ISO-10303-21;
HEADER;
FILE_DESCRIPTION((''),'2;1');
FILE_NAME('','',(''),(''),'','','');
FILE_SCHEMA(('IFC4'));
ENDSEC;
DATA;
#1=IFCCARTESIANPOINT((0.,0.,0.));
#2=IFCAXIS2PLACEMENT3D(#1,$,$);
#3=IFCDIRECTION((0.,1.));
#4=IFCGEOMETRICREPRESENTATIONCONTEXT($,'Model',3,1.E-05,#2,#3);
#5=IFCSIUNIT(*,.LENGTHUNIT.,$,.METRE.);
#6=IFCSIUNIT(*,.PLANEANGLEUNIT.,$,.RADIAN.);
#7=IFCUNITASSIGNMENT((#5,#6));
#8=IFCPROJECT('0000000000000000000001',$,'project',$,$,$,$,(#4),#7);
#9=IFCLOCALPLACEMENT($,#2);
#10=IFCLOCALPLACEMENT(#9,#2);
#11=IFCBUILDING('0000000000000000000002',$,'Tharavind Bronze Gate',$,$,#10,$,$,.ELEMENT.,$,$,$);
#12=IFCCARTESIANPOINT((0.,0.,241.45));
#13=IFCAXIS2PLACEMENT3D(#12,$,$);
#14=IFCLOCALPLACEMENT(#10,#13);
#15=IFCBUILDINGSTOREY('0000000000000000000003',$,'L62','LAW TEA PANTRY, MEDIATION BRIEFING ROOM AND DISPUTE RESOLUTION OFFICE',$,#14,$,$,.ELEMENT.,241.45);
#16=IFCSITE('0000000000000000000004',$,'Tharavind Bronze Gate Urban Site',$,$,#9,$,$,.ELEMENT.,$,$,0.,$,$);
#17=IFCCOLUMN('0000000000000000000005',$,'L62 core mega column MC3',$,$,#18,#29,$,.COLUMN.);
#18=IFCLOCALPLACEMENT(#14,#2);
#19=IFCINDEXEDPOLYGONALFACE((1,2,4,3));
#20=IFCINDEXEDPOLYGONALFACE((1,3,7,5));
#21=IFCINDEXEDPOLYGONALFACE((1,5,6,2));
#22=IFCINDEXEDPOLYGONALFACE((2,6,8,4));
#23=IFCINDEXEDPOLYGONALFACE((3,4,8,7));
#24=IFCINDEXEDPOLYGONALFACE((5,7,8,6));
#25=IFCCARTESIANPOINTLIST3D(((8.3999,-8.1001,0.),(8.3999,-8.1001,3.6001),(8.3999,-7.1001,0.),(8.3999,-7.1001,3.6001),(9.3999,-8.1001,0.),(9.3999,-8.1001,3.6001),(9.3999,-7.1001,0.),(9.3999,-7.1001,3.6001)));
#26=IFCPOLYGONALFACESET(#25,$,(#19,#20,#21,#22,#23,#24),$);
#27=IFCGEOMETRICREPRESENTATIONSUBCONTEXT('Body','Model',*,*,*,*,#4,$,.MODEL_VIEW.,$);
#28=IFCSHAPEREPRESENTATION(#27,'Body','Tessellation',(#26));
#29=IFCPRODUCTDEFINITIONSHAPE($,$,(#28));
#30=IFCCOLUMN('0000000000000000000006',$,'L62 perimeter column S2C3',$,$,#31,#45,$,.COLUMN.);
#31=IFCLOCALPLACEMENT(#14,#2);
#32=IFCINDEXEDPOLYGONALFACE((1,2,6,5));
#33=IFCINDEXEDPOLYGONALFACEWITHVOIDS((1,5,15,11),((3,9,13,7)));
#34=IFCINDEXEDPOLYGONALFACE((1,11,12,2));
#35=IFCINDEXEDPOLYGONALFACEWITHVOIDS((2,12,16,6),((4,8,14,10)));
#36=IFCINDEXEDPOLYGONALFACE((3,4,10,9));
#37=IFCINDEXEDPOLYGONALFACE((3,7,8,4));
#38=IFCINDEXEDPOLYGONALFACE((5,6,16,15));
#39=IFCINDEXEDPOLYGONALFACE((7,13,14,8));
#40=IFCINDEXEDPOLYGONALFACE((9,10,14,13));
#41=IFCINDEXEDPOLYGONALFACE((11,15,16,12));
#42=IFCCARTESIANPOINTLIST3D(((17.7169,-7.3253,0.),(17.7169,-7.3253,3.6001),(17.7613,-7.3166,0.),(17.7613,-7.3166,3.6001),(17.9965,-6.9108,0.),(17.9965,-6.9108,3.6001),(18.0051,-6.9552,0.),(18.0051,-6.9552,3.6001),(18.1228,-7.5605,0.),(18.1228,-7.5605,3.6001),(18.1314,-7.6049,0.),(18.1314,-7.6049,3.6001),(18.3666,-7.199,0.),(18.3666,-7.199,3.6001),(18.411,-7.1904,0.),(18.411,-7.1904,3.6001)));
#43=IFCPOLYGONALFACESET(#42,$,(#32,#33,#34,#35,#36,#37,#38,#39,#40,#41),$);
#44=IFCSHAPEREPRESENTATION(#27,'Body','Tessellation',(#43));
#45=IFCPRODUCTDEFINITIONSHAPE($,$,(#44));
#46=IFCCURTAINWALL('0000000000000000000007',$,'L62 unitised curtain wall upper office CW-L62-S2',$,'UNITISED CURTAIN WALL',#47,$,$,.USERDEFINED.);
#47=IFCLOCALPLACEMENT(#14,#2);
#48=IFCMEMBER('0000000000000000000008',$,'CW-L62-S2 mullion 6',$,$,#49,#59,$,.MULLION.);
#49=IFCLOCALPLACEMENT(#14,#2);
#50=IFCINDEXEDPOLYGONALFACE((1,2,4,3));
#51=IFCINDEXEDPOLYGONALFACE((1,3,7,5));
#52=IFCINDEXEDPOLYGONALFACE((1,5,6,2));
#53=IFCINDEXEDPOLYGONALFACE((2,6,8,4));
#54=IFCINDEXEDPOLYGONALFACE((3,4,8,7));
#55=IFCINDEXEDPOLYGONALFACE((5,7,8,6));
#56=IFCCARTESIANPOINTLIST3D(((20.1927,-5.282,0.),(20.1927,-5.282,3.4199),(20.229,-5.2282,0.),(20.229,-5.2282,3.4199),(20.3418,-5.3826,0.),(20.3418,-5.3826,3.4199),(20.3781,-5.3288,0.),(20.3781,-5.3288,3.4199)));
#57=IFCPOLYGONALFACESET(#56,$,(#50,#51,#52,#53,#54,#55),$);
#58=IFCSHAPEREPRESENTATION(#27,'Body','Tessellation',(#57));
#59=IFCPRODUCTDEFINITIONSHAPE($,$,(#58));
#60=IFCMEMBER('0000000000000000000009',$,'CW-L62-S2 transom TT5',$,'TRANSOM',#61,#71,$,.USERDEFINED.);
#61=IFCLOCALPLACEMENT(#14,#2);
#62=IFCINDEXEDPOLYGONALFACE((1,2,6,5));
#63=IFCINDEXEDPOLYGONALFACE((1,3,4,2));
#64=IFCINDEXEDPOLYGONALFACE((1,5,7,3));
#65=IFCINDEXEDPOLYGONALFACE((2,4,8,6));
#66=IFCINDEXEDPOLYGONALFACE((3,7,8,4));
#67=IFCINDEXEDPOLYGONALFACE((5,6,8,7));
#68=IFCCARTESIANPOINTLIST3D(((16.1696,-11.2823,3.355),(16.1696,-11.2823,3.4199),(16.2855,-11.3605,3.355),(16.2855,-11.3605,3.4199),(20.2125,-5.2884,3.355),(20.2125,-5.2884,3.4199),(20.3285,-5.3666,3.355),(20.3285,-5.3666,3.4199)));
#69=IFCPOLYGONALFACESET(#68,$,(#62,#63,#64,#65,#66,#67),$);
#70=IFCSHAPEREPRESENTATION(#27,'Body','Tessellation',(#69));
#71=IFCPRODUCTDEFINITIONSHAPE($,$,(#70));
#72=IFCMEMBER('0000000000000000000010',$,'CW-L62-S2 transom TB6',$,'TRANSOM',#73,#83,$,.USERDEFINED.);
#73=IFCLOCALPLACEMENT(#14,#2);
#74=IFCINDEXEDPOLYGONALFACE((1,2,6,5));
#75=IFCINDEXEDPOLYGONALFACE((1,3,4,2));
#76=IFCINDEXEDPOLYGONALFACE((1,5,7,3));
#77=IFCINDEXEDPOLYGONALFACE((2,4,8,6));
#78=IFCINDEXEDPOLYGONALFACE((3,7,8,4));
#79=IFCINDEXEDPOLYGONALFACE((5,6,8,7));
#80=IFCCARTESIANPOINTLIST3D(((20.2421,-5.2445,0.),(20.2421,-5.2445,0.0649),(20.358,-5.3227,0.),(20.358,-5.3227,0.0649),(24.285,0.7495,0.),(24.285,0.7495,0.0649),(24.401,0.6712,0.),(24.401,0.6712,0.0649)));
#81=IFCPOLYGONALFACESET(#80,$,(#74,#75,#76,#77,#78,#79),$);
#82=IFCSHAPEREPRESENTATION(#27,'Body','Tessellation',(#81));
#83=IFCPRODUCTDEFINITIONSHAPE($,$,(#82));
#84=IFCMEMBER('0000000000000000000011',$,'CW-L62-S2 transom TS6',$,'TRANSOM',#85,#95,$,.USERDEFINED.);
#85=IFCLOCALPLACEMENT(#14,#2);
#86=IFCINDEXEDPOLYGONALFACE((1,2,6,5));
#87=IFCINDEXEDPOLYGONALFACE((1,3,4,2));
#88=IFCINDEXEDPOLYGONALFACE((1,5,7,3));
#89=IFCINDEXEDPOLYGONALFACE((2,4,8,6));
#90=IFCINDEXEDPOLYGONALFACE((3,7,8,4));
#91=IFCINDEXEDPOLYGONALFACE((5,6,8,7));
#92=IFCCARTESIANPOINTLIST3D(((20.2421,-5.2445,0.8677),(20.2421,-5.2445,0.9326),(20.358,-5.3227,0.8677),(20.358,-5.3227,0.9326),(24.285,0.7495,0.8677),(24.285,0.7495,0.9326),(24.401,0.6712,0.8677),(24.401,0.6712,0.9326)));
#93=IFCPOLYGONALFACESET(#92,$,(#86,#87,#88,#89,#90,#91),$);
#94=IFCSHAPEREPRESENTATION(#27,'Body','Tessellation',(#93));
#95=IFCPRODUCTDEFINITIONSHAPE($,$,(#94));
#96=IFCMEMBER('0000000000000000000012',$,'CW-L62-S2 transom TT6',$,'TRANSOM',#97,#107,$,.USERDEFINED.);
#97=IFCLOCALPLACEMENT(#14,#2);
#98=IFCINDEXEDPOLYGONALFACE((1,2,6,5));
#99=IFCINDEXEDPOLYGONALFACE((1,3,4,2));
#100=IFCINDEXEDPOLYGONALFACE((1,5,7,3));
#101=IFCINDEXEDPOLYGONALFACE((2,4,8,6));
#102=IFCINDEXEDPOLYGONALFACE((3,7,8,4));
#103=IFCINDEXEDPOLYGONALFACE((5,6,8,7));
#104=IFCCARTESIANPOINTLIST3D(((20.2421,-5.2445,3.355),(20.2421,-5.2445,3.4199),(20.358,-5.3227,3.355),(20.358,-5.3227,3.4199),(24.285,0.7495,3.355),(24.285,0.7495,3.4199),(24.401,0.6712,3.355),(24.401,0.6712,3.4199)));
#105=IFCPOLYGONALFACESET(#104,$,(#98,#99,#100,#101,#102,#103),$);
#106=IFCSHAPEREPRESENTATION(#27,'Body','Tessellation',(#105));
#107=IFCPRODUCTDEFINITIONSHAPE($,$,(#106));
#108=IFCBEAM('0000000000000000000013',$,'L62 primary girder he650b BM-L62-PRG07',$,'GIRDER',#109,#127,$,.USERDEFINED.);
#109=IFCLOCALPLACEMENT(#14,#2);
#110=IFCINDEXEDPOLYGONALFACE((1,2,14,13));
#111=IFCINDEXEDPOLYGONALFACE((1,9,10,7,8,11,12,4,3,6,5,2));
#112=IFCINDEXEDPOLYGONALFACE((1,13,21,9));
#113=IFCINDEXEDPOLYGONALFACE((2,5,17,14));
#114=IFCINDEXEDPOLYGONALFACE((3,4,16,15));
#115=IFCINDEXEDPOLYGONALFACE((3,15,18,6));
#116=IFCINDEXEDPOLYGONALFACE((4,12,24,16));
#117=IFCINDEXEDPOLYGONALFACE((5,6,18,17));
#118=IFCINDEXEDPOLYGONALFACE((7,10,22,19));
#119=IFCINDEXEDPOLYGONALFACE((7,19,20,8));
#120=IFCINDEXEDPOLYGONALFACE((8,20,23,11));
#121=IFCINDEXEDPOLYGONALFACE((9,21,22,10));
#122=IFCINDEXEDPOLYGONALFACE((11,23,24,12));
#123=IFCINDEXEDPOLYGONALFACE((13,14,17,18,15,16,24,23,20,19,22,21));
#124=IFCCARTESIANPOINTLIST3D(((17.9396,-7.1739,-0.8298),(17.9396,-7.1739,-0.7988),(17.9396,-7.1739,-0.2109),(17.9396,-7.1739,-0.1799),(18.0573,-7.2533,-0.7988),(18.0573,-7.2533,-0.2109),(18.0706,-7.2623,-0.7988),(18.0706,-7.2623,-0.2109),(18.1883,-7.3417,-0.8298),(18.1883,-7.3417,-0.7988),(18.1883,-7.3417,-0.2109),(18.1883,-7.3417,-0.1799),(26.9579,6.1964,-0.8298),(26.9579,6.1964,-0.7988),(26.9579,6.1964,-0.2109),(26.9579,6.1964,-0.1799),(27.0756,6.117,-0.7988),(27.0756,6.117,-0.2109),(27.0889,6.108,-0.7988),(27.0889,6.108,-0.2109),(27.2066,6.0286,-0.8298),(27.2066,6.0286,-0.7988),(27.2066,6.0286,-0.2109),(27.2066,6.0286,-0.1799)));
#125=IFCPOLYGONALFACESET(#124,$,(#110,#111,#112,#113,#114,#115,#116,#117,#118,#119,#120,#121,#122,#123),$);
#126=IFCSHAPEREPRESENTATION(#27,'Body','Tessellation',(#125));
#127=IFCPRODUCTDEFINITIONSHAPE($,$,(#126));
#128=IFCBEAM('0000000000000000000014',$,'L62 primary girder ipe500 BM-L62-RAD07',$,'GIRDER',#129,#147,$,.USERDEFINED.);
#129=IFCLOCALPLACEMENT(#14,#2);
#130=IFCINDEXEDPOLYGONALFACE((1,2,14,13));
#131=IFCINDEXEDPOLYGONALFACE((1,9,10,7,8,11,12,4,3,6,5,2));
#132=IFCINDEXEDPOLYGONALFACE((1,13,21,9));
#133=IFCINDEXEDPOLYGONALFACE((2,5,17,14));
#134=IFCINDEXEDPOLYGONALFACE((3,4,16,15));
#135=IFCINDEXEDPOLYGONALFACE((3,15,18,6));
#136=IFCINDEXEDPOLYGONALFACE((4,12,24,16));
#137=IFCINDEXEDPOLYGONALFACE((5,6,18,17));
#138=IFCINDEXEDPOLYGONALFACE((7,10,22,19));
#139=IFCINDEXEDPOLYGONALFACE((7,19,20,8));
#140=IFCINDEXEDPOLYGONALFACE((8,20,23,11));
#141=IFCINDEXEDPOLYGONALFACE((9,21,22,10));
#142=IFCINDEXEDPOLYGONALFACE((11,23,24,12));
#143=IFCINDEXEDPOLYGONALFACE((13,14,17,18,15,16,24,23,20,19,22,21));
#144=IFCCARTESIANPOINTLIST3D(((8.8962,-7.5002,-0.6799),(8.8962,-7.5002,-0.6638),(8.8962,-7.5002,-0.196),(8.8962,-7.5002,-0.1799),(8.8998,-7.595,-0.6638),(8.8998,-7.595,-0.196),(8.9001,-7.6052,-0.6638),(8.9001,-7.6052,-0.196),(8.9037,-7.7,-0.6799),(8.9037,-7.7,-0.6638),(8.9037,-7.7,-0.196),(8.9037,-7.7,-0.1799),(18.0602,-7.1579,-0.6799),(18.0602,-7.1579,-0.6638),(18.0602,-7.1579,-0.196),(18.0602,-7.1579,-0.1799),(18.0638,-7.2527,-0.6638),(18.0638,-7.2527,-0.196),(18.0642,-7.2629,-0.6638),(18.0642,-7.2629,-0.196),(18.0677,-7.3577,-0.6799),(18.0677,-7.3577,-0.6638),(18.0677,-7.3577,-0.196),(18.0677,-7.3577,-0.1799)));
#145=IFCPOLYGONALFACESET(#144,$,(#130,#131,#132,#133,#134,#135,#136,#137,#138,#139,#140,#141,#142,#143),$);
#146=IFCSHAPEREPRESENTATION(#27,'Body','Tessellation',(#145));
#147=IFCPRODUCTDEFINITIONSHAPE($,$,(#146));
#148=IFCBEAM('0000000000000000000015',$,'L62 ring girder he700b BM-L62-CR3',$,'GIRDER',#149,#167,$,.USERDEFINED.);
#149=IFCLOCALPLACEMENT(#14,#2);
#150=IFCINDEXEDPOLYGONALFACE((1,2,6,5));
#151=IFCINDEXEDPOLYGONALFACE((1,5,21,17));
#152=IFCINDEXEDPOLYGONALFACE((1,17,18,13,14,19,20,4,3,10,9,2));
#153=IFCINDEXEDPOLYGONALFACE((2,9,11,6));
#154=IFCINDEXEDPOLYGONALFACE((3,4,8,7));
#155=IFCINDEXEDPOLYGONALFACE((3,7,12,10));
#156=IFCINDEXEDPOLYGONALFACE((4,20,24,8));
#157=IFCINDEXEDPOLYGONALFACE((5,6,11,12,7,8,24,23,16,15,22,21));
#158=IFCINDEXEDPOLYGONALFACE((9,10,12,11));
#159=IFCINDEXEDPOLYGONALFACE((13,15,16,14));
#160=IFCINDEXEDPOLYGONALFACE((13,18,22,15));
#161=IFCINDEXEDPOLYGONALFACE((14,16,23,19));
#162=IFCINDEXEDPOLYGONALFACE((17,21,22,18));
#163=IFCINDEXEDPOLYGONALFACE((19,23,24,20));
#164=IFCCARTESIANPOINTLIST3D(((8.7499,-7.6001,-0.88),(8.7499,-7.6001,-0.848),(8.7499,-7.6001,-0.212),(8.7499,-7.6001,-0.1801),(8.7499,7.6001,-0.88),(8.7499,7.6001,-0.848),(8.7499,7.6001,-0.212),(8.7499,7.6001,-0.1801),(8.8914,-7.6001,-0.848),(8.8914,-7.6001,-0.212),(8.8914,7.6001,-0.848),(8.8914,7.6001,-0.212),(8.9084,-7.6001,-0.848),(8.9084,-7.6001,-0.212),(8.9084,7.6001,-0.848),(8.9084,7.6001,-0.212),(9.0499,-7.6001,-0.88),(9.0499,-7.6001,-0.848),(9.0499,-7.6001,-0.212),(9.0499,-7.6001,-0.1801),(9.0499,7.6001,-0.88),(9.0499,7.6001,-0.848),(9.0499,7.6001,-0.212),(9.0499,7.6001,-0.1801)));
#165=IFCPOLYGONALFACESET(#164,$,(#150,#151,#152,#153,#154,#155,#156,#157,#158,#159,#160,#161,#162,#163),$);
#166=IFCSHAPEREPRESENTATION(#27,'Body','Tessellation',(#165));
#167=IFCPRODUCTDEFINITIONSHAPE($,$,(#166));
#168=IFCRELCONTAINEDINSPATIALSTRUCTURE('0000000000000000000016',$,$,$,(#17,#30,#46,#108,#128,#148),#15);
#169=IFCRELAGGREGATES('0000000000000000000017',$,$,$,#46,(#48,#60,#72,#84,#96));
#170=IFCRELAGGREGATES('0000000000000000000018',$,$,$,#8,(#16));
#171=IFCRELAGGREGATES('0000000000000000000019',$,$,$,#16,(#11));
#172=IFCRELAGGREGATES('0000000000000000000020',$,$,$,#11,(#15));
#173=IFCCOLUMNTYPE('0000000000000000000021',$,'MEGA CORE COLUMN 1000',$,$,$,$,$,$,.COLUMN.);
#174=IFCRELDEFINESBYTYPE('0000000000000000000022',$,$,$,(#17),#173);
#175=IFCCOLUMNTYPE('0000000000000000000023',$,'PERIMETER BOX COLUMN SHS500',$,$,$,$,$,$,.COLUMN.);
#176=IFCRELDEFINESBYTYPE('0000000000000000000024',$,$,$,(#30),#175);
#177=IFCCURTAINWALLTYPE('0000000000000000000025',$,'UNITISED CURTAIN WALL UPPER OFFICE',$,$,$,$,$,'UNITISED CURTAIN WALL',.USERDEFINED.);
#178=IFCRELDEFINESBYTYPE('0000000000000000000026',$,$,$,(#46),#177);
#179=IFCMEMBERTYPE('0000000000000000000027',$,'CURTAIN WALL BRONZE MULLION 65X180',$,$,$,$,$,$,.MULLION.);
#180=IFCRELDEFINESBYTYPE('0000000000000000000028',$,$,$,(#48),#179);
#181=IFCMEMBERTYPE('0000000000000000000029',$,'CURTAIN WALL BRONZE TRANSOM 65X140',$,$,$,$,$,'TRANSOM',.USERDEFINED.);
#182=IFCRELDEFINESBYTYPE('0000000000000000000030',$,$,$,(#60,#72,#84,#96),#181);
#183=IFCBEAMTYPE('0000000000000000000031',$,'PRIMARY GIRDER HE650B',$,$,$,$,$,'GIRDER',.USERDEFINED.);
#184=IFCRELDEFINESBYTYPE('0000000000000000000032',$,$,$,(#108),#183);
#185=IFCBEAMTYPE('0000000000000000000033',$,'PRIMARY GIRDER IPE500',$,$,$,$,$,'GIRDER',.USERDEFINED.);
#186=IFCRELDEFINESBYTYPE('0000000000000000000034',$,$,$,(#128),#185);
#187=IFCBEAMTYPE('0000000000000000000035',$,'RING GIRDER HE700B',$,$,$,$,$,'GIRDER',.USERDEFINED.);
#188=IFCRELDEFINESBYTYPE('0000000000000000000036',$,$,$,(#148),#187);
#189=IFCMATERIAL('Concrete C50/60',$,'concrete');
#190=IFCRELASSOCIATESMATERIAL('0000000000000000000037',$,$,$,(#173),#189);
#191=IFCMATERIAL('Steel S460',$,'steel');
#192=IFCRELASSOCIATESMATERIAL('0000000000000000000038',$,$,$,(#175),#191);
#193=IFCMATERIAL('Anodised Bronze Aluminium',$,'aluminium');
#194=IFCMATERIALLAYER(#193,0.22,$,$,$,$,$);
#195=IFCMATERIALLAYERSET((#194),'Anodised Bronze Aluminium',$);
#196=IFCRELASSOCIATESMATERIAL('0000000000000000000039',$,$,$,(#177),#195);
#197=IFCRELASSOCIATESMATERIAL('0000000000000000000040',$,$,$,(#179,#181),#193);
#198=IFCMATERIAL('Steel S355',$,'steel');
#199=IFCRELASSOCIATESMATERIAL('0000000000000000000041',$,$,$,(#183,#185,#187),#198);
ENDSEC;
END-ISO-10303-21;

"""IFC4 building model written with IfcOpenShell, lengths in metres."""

from ifc_helpers import new_model, si_unit, direction, frame, origin, origin_2d, place, context, subcontext, project, spatial, rectangle, hollow_rectangle, i_section, extrude, material, layer, layer_set, material_profile, profile_set, type_object, element, aggregate, save


model = new_model("IFC4")

# Units and contexts
model_context = context("Model", 3, precision=1e-05, world=origin(), true_north=direction((0.0, 1.0)))
body_context = subcontext(model_context, "Body", "Model", "MODEL_VIEW")
ifc_project = project(units=[si_unit("LENGTHUNIT", "METRE"), si_unit("PLANEANGLEUNIT", "RADIAN")], contexts=[model_context])

# Site, building, storey
site_placement = place(None, origin())
site = spatial("IfcSite", under=ifc_project, at=site_placement, Name="Tharavind Bronze Gate Urban Site", CompositionType="ELEMENT", RefElevation=0.0)
building_placement = place(site_placement, origin())
building = spatial("IfcBuilding", under=site, at=building_placement, Name="Tharavind Bronze Gate", CompositionType="ELEMENT")
storey_placement = place(building_placement, frame((0.0, 0.0, 241.45)))
storey = spatial("IfcBuildingStorey", under=building, at=storey_placement, Name="L62", Description="LAW TEA PANTRY, MEDIATION BRIEFING ROOM AND DISPUTE RESOLUTION OFFICE", CompositionType="ELEMENT", Elevation=241.45)

# Columns
ifc_material_1 = material(Name="Concrete C50/60", Category="concrete")
ifc_material_profile_1 = material_profile(ifc_material_1, rectangle(XDim=1.0, YDim=1.0, at=origin_2d()), Name="RCCOL1000")
ifc_profile_set_1 = profile_set([ifc_material_profile_1], Name="Concrete C50/60")
column_type_1 = type_object("IfcColumnType", Name="MEGA CORE COLUMN 1000", PredefinedType="COLUMN", material=ifc_profile_set_1)
column_1_placement = place(storey_placement, frame((8.8999, -7.6001, 0.0), z_axis=(0.0, 0.0, 1.0), x_axis=(1.0, 0.0, 0.0)))
element("IfcColumn", 1, at=column_1_placement, inside=storey, type_object=column_type_1, Name="L62 core mega column MC3", PredefinedType="COLUMN", context=body_context, shape_type="SweptSolid", body=[
    extrude(rectangle(XDim=1.0, YDim=1.0, at=origin_2d()), origin(), (0.0, 0.0, 1.0), 3.6001),
])
ifc_material_2 = material(Name="Steel S460", Category="steel")
ifc_material_profile_2 = material_profile(ifc_material_2, hollow_rectangle(XDim=0.5, YDim=0.5, WallThickness=0.032, at=origin_2d()), Name="SHS500X32")
ifc_profile_set_2 = profile_set([ifc_material_profile_2], Name="Steel S460")
column_type_2 = type_object("IfcColumnType", Name="PERIMETER BOX COLUMN SHS500", PredefinedType="COLUMN", material=ifc_profile_set_2)
column_2_placement = place(storey_placement, frame((18.064, -7.2578, 0.0), z_axis=(0.0, 0.0, 1.0), x_axis=(0.559194, 0.829037, 0.0)))
element("IfcColumn", 2, at=column_2_placement, inside=storey, type_object=column_type_2, Name="L62 perimeter column S2C3", PredefinedType="COLUMN", context=body_context, shape_type="SweptSolid", body=[
    extrude(hollow_rectangle(XDim=0.5, YDim=0.5, WallThickness=0.032, at=origin_2d()), origin(), (0.0, 0.0, 1.0), 3.6001),
])

# Curtain wall, members
ifc_material_3 = material(Name="Anodised Bronze Aluminium", Category="aluminium")
ifc_layer_1 = layer(ifc_material_3, 0.22)
ifc_layer_set_1 = layer_set([ifc_layer_1], Name="Anodised Bronze Aluminium")
curtain_wall_type = type_object("IfcCurtainWallType", Name="UNITISED CURTAIN WALL UPPER OFFICE", ElementType="UNITISED CURTAIN WALL", PredefinedType="USERDEFINED", material=ifc_layer_set_1)
curtain_wall_placement = place(storey_placement, origin())
curtain_wall = element("IfcCurtainWall", 3, at=curtain_wall_placement, inside=storey, type_object=curtain_wall_type, Name="L62 unitised curtain wall upper office CW-L62-S2", ObjectType="UNITISED CURTAIN WALL", PredefinedType="USERDEFINED")
member_type_1 = type_object("IfcMemberType", Name="CURTAIN WALL BRONZE MULLION 65X180", PredefinedType="MULLION", material=ifc_material_3)
member_1_placement = place(storey_placement, frame((20.2854, -5.3054, 0.0), z_axis=(0.0, 0.0, 1.0), x_axis=(0.559193, 0.829038, 0.0)))
member_1 = element("IfcMember", 4, at=member_1_placement, type_object=member_type_1, Name="CW-L62-S2 mullion 6", PredefinedType="MULLION", context=body_context, shape_type="SweptSolid", body=[
    extrude(rectangle(XDim=0.0649, YDim=0.1799, at=origin_2d()), origin(), (0.0, 0.0, 1.0), 3.4199),
])
member_type_2 = type_object("IfcMemberType", Name="CURTAIN WALL BRONZE TRANSOM 65X140", ElementType="TRANSOM", PredefinedType="USERDEFINED", material=ifc_material_3)
member_2_placement = place(storey_placement, frame((18.249, -8.3245, 3.355), z_axis=(0.0, 0.0, 1.0), x_axis=(0.559193, 0.829038, 0.0)))
member_2 = element("IfcMember", 5, at=member_2_placement, type_object=member_type_2, Name="CW-L62-S2 transom TT5", ObjectType="TRANSOM", PredefinedType="USERDEFINED", context=body_context, shape_type="SweptSolid", body=[
    extrude(rectangle(XDim=7.23, YDim=0.1399, at=origin_2d()), origin(), (0.0, 0.0, 1.0), 0.0649),
])
member_3_placement = place(storey_placement, frame((22.3215, -2.2866, 0.0), z_axis=(0.0, 0.0, 1.0), x_axis=(0.559193, 0.829038, 0.0)))
member_3 = element("IfcMember", 6, at=member_3_placement, type_object=member_type_2, Name="CW-L62-S2 transom TB6", ObjectType="TRANSOM", PredefinedType="USERDEFINED", context=body_context, shape_type="SweptSolid", body=[
    extrude(rectangle(XDim=7.23, YDim=0.1399, at=origin_2d()), origin(), (0.0, 0.0, 1.0), 0.0649),
])
member_4_placement = place(storey_placement, frame((22.3215, -2.2866, 0.8677), z_axis=(0.0, 0.0, 1.0), x_axis=(0.559193, 0.829038, 0.0)))
member_4 = element("IfcMember", 7, at=member_4_placement, type_object=member_type_2, Name="CW-L62-S2 transom TS6", ObjectType="TRANSOM", PredefinedType="USERDEFINED", context=body_context, shape_type="SweptSolid", body=[
    extrude(rectangle(XDim=7.23, YDim=0.1399, at=origin_2d()), origin(), (0.0, 0.0, 1.0), 0.0649),
])
member_5_placement = place(storey_placement, frame((22.3215, -2.2866, 3.355), z_axis=(0.0, 0.0, 1.0), x_axis=(0.559193, 0.829038, 0.0)))
member_5 = element("IfcMember", 8, at=member_5_placement, type_object=member_type_2, Name="CW-L62-S2 transom TT6", ObjectType="TRANSOM", PredefinedType="USERDEFINED", context=body_context, shape_type="SweptSolid", body=[
    extrude(rectangle(XDim=7.23, YDim=0.1399, at=origin_2d()), origin(), (0.0, 0.0, 1.0), 0.0649),
])

# Beams
ifc_material_4 = material(Name="Steel S355", Category="steel")
ifc_material_profile_3 = material_profile(ifc_material_4, i_section(OverallWidth=0.3, OverallDepth=0.6499, WebThickness=0.0161, FlangeThickness=0.031, at=origin_2d()), Name="HE650B")
ifc_profile_set_3 = profile_set([ifc_material_profile_3], Name="Steel S355")
beam_type_1 = type_object("IfcBeamType", Name="PRIMARY GIRDER HE650B", ElementType="GIRDER", PredefinedType="USERDEFINED", material=ifc_profile_set_3)
beam_1_placement = place(storey_placement, frame((18.064, -7.2578, -0.5049), z_axis=(0.559188, 0.829041, 0.0), x_axis=(-0.829041, 0.559188, 0.0)))
element("IfcBeam", 9, at=beam_1_placement, inside=storey, type_object=beam_type_1, Name="L62 primary girder he650b BM-L62-PRG07", ObjectType="GIRDER", PredefinedType="USERDEFINED", context=body_context, shape_type="SweptSolid", body=[
    extrude(i_section(OverallWidth=0.3, OverallDepth=0.6499, WebThickness=0.0161, FlangeThickness=0.031, at=origin_2d()), origin(), (0.0, 0.0, 1.0), 16.1274),
])
ifc_material_profile_4 = material_profile(ifc_material_4, i_section(OverallWidth=0.2, OverallDepth=0.5, WebThickness=0.0103, FlangeThickness=0.0161, at=origin_2d()), Name="IPE500")
ifc_profile_set_4 = profile_set([ifc_material_profile_4], Name="Steel S355")
beam_type_2 = type_object("IfcBeamType", Name="PRIMARY GIRDER IPE500", ElementType="GIRDER", PredefinedType="USERDEFINED", material=ifc_profile_set_4)
beam_2_placement = place(storey_placement, frame((18.064, -7.2578, -0.4299), z_axis=(-0.999303, -0.037325, 0.0), x_axis=(0.037325, -0.999303, 0.0)))
element("IfcBeam", 10, at=beam_2_placement, inside=storey, type_object=beam_type_2, Name="L62 primary girder ipe500 BM-L62-RAD07", ObjectType="GIRDER", PredefinedType="USERDEFINED", context=body_context, shape_type="SweptSolid", body=[
    extrude(i_section(OverallWidth=0.2, OverallDepth=0.5, WebThickness=0.0103, FlangeThickness=0.0161, at=origin_2d()), origin(), (0.0, 0.0, 1.0), 9.1704),
])
ifc_material_profile_5 = material_profile(ifc_material_4, i_section(OverallWidth=0.3, OverallDepth=0.7, WebThickness=0.0171, FlangeThickness=0.032, at=origin_2d()), Name="HE700B")
ifc_profile_set_5 = profile_set([ifc_material_profile_5], Name="Steel S355")
beam_type_3 = type_object("IfcBeamType", Name="RING GIRDER HE700B", ElementType="GIRDER", PredefinedType="USERDEFINED", material=ifc_profile_set_5)
beam_3_placement = place(storey_placement, frame((8.8999, -7.6001, -0.53), z_axis=(0.0, 1.0, 0.0), x_axis=(-1.0, 0.0, 0.0)))
element("IfcBeam", 11, at=beam_3_placement, inside=storey, type_object=beam_type_3, Name="L62 ring girder he700b BM-L62-CR3", ObjectType="GIRDER", PredefinedType="USERDEFINED", context=body_context, shape_type="SweptSolid", body=[
    extrude(i_section(OverallWidth=0.3, OverallDepth=0.7, WebThickness=0.0171, FlangeThickness=0.032, at=origin_2d()), origin(), (0.0, 0.0, 1.0), 15.2002),
])

aggregate(curtain_wall, [member_1, member_2, member_3, member_4, member_5])

save(model, "model.ifc")
